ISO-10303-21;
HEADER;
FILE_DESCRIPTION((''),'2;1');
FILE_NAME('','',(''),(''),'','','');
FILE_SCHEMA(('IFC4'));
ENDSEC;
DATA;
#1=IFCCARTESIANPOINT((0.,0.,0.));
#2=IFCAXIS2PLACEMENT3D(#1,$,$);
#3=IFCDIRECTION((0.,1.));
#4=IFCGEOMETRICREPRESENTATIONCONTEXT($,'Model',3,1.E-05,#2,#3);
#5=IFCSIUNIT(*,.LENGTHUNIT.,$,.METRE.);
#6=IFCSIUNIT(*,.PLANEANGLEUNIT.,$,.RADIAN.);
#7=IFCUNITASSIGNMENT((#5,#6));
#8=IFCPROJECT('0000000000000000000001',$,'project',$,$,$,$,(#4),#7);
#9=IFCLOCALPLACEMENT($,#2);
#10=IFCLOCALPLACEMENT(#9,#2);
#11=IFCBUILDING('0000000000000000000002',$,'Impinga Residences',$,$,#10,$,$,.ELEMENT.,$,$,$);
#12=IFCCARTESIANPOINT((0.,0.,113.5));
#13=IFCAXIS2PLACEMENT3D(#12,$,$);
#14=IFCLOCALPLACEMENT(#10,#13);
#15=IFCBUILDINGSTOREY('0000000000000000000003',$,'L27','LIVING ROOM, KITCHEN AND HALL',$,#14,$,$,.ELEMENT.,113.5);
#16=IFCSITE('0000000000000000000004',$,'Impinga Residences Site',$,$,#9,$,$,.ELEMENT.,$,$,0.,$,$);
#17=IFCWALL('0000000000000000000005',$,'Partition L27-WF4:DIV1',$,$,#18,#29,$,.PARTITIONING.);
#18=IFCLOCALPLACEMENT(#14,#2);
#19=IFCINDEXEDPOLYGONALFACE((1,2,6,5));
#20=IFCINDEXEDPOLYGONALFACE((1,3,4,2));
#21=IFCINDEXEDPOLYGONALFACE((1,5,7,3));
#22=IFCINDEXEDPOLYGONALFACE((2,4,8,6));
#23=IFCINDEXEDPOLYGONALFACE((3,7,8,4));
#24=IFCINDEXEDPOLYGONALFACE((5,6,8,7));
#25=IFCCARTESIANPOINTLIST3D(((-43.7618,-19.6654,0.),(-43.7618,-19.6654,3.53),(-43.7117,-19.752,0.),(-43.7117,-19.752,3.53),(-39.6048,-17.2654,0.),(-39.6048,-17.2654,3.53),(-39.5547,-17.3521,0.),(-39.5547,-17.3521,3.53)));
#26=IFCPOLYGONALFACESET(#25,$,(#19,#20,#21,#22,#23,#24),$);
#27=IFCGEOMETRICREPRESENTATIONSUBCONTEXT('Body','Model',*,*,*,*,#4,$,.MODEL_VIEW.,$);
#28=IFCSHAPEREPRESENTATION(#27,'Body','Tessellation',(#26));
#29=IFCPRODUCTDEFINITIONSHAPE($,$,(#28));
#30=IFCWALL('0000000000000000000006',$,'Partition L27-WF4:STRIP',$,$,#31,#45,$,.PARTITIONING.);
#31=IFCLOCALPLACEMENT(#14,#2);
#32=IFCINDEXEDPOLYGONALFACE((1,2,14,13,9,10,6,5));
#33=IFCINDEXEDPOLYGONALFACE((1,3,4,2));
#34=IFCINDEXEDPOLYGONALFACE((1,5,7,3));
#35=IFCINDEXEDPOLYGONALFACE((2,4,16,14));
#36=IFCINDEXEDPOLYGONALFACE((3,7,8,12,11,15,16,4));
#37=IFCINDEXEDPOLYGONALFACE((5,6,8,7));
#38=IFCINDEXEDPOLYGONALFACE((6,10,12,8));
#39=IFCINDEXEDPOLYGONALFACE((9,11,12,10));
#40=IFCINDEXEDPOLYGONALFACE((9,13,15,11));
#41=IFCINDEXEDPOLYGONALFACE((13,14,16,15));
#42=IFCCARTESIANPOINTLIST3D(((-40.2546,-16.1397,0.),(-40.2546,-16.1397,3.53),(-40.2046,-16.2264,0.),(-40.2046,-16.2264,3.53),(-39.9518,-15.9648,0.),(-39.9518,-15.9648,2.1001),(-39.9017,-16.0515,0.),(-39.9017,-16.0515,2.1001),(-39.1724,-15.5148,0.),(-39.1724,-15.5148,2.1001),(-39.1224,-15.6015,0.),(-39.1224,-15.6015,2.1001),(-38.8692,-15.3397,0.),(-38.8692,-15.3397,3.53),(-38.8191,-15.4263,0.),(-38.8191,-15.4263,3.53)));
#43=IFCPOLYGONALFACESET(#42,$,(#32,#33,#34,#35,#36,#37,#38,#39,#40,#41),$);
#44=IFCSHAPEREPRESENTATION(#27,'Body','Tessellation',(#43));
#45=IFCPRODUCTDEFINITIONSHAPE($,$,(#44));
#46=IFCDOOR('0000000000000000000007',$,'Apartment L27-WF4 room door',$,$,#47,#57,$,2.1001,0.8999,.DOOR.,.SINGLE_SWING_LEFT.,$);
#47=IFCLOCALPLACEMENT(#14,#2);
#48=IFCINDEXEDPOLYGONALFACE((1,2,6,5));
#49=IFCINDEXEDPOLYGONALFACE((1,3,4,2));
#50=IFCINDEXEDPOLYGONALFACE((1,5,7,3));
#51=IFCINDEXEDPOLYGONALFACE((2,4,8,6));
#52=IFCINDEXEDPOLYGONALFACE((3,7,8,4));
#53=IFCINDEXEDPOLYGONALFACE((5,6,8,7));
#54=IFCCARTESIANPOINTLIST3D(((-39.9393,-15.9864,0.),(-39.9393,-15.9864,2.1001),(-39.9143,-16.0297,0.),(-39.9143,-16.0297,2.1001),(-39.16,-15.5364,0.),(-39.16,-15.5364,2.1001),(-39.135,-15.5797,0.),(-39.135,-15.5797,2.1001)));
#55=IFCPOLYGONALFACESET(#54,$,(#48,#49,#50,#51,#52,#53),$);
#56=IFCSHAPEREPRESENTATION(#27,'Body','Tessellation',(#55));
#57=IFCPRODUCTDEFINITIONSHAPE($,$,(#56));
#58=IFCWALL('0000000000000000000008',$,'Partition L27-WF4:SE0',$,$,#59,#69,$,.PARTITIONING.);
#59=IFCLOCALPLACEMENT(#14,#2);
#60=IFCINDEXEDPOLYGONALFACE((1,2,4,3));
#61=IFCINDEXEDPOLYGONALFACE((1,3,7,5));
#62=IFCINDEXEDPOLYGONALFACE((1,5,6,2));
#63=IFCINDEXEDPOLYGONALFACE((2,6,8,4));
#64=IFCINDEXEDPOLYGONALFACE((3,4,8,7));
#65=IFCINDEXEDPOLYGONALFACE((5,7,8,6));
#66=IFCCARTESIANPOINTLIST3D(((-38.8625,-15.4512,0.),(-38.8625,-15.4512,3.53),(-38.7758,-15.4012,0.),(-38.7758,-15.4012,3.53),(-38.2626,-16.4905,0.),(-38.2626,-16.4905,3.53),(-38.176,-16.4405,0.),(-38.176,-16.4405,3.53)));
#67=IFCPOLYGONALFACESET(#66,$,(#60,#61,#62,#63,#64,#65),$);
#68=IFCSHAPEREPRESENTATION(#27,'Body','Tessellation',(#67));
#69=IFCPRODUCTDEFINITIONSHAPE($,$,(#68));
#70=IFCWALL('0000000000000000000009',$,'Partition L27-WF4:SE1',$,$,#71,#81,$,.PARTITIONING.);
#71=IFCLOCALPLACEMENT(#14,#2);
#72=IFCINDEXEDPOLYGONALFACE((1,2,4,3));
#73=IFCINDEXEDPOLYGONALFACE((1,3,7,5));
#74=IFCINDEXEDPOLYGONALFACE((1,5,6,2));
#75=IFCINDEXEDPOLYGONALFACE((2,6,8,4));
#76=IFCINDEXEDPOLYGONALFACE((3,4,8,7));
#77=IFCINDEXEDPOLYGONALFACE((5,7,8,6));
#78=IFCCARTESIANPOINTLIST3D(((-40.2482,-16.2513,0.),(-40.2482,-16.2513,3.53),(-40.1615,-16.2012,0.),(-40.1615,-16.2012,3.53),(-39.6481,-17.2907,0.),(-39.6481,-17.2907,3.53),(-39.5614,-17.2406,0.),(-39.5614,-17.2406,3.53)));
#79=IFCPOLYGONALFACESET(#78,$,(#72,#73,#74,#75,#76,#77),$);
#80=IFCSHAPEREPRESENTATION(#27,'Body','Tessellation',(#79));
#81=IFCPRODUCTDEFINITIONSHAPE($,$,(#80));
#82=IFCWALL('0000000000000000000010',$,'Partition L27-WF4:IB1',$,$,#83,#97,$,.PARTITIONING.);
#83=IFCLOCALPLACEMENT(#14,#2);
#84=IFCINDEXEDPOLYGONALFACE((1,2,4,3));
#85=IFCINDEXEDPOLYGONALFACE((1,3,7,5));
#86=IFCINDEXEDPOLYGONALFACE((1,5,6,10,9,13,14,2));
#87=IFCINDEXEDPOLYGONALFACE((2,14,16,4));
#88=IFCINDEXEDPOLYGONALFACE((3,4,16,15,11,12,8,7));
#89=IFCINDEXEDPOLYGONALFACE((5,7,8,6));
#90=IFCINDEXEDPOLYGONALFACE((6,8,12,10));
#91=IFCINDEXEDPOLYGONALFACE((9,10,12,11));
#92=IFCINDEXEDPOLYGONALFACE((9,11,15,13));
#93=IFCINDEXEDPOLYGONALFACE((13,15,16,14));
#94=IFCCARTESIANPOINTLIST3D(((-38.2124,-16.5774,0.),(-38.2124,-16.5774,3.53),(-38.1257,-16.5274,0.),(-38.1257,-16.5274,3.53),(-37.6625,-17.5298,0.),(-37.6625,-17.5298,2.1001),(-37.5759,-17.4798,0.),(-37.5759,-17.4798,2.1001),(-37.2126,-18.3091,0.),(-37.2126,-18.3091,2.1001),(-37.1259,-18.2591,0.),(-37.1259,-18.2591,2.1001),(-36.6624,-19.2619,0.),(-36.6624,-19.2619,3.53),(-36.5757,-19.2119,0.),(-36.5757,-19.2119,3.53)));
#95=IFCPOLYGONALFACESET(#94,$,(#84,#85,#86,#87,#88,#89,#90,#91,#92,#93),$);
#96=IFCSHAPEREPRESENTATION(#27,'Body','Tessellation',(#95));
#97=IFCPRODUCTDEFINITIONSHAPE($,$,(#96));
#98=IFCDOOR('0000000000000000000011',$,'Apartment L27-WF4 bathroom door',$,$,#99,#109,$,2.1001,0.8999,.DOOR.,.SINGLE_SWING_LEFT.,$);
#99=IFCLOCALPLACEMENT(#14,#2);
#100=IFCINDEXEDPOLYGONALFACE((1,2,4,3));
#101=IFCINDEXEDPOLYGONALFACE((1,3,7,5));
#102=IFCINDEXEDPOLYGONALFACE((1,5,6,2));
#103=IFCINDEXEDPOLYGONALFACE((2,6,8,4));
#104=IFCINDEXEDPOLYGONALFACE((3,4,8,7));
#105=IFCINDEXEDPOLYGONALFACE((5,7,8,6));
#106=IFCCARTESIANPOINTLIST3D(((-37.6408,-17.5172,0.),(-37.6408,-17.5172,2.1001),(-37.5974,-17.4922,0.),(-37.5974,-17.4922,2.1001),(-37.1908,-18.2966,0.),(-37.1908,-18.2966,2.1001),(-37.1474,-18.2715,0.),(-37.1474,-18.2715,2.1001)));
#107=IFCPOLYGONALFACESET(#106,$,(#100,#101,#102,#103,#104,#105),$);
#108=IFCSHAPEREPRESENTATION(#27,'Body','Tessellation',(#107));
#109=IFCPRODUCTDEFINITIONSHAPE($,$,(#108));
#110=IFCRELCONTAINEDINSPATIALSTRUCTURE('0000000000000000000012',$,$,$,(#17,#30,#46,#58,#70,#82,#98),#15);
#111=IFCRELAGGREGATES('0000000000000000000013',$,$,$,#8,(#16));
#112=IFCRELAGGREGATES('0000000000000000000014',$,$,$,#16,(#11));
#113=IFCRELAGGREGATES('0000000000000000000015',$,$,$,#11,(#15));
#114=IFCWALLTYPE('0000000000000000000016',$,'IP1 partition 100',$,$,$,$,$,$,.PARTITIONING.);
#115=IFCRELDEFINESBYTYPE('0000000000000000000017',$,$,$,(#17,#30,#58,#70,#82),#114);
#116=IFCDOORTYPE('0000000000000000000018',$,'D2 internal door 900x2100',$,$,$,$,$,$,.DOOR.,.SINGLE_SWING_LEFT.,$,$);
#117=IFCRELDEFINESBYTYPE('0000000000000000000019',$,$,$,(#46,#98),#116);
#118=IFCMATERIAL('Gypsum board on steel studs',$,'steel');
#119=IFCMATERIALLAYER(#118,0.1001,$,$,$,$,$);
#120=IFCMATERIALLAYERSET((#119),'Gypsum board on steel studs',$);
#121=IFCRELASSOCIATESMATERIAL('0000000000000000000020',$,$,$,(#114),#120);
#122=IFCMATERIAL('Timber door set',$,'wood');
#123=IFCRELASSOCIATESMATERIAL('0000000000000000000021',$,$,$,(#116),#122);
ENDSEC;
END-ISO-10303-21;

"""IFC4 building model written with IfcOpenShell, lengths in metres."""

from ifc_helpers import new_model, si_unit, direction, frame, frame_2d, origin, place, context, subcontext, project, spatial, rectangle, extrude, material, layer, layer_set, type_object, element, fill, save


model = new_model("IFC4")

# Units and contexts
model_context = context("Model", 3, precision=1e-05, world=origin(), true_north=direction((0.0, 1.0)))
body_context = subcontext(model_context, "Body", "Model", "MODEL_VIEW")
ifc_project = project(units=[si_unit("LENGTHUNIT", "METRE"), si_unit("PLANEANGLEUNIT", "RADIAN")], contexts=[model_context])

# Site, building, storey
site_placement = place(None, origin())
site = spatial("IfcSite", under=ifc_project, at=site_placement, Name="Impinga Residences Site", CompositionType="ELEMENT", RefElevation=0.0)
building_placement = place(site_placement, origin())
building = spatial("IfcBuilding", under=site, at=building_placement, Name="Impinga Residences", CompositionType="ELEMENT")
storey_placement = place(building_placement, frame((0.0, 0.0, 113.5)))
storey = spatial("IfcBuildingStorey", under=building, at=storey_placement, Name="L27", Description="LIVING ROOM, KITCHEN AND HALL", CompositionType="ELEMENT", Elevation=113.5)

# Wall
ifc_material_1 = material(Name="Gypsum board on steel studs", Category="steel")
ifc_layer_1 = layer(ifc_material_1, 0.1001)
ifc_layer_set_1 = layer_set([ifc_layer_1], Name="Gypsum board on steel studs")
wall_type_1 = type_object("IfcWallType", Name="IP1 partition 100", PredefinedType="PARTITIONING", material=ifc_layer_set_1)
wall_1_placement = place(storey_placement, frame((-39.5798, -17.3088, 0.0), z_axis=(0.0, 0.0, 1.0), x_axis=(-0.866037, -0.499979, 0.0)))
element("IfcWall", 1, at=wall_1_placement, inside=storey, type_object=wall_type_1, Name="Partition L27-WF4:DIV1", PredefinedType="PARTITIONING", context=body_context, shape_type="SweptSolid", body=[
    extrude(rectangle(XDim=4.8, YDim=0.1001, at=frame_2d((2.3999, 0.0))), origin(), (0.0, 0.0, 1.0), 3.53),
])

# Wall, opening, door
wall_2_placement = place(storey_placement, frame((-38.8442, -15.3831, 0.0), z_axis=(0.0, 0.0, 1.0), x_axis=(-0.86599, -0.500061, 0.0)))
wall_2 = element("IfcWall", 2, at=wall_2_placement, inside=storey, type_object=wall_type_1, Name="Partition L27-WF4:STRIP", PredefinedType="PARTITIONING", context=body_context, shape_type="SweptSolid", body=[
    extrude(rectangle(XDim=1.5999, YDim=0.1001, at=frame_2d((0.7998, 0.0))), origin(), (0.0, 0.0, 1.0), 3.53),
])
opening_1_placement = place(wall_2_placement, frame((0.3501, 0.0, 0.0)))
opening_1 = element("IfcOpeningElement", 3, at=opening_1_placement, cuts=wall_2, PredefinedType="OPENING", context=body_context, shape_type="SweptSolid", body=[
    extrude(rectangle(XDim=0.8999, YDim=2.1001, at=frame_2d((0.45, 1.05))), frame((0.0, 0.0601, 0.0), z_axis=(0.0, -1.0, 0.0), x_axis=(1.0, 0.0, 0.0)), (0.0, 0.0, 1.0), 0.1201),
])
ifc_material_2 = material(Name="Timber door set", Category="wood")
door_type = type_object("IfcDoorType", Name="D2 internal door 900x2100", OperationType="SINGLE_SWING_LEFT", PredefinedType="DOOR", material=ifc_material_2)
door_1_placement = place(opening_1_placement, origin())
door_1 = element("IfcDoor", 4, at=door_1_placement, inside=storey, type_object=door_type, Name="Apartment L27-WF4 room door", OperationType="SINGLE_SWING_LEFT", OverallHeight=2.1001, OverallWidth=0.8999, PredefinedType="DOOR", context=body_context, shape_type="SweptSolid", body=[
    extrude(rectangle(XDim=0.8999, YDim=2.1001, at=frame_2d((0.45, 1.05))), frame((0.0, 0.0249, 0.0), z_axis=(0.0, -1.0, 0.0), x_axis=(1.0, 0.0, 0.0)), (0.0, 0.0, 1.0), 0.05),
])
fill(opening_1, door_1)

# Walls
wall_3_placement = place(storey_placement, frame((-38.2192, -16.4656, 0.0), z_axis=(0.0, 0.0, 1.0), x_axis=(-0.499881, 0.866094, 0.0)))
element("IfcWall", 5, at=wall_3_placement, inside=storey, type_object=wall_type_1, Name="Partition L27-WF4:SE0", PredefinedType="PARTITIONING", context=body_context, shape_type="SweptSolid", body=[
    extrude(rectangle(XDim=1.2, YDim=0.1001, at=frame_2d((0.6001, 0.0))), origin(), (0.0, 0.0, 1.0), 3.53),
])
wall_4_placement = place(storey_placement, frame((-39.6047, -17.2656, 0.0), z_axis=(0.0, 0.0, 1.0), x_axis=(-0.500034, 0.866006, 0.0)))
element("IfcWall", 6, at=wall_4_placement, inside=storey, type_object=wall_type_1, Name="Partition L27-WF4:SE1", PredefinedType="PARTITIONING", context=body_context, shape_type="SweptSolid", body=[
    extrude(rectangle(XDim=1.2002, YDim=0.1001, at=frame_2d((0.6001, 0.0))), origin(), (0.0, 0.0, 1.0), 3.53),
])

# Wall, opening, door
wall_5_placement = place(storey_placement, frame((-36.6191, -19.2368, 0.0), z_axis=(0.0, 0.0, 1.0), x_axis=(-0.500027, 0.86601, 0.0)))
wall_5 = element("IfcWall", 7, at=wall_5_placement, inside=storey, type_object=wall_type_1, Name="Partition L27-WF4:IB1", PredefinedType="PARTITIONING", context=body_context, shape_type="SweptSolid", body=[
    extrude(rectangle(XDim=3.0999, YDim=0.1001, at=frame_2d((1.5498, 0.0))), origin(), (0.0, 0.0, 1.0), 3.53),
])
opening_2_placement = place(wall_5_placement, frame((1.1001, 0.0, 0.0)))
opening_2 = element("IfcOpeningElement", 8, at=opening_2_placement, cuts=wall_5, PredefinedType="OPENING", context=body_context, shape_type="SweptSolid", body=[
    extrude(rectangle(XDim=0.8999, YDim=2.1001, at=frame_2d((0.45, 1.05))), frame((0.0, 0.0601, 0.0), z_axis=(0.0, -1.0, 0.0), x_axis=(1.0, 0.0, 0.0)), (0.0, 0.0, 1.0), 0.1201),
])
door_2_placement = place(opening_2_placement, origin())
door_2 = element("IfcDoor", 9, at=door_2_placement, inside=storey, type_object=door_type, Name="Apartment L27-WF4 bathroom door", OperationType="SINGLE_SWING_LEFT", OverallHeight=2.1001, OverallWidth=0.8999, PredefinedType="DOOR", context=body_context, shape_type="SweptSolid", body=[
    extrude(rectangle(XDim=0.8999, YDim=2.1001, at=frame_2d((0.45, 1.05))), frame((0.0, 0.0249, 0.0), z_axis=(0.0, -1.0, 0.0), x_axis=(1.0, 0.0, 0.0)), (0.0, 0.0, 1.0), 0.05),
])
fill(opening_2, door_2)

save(model, "model.ifc")
